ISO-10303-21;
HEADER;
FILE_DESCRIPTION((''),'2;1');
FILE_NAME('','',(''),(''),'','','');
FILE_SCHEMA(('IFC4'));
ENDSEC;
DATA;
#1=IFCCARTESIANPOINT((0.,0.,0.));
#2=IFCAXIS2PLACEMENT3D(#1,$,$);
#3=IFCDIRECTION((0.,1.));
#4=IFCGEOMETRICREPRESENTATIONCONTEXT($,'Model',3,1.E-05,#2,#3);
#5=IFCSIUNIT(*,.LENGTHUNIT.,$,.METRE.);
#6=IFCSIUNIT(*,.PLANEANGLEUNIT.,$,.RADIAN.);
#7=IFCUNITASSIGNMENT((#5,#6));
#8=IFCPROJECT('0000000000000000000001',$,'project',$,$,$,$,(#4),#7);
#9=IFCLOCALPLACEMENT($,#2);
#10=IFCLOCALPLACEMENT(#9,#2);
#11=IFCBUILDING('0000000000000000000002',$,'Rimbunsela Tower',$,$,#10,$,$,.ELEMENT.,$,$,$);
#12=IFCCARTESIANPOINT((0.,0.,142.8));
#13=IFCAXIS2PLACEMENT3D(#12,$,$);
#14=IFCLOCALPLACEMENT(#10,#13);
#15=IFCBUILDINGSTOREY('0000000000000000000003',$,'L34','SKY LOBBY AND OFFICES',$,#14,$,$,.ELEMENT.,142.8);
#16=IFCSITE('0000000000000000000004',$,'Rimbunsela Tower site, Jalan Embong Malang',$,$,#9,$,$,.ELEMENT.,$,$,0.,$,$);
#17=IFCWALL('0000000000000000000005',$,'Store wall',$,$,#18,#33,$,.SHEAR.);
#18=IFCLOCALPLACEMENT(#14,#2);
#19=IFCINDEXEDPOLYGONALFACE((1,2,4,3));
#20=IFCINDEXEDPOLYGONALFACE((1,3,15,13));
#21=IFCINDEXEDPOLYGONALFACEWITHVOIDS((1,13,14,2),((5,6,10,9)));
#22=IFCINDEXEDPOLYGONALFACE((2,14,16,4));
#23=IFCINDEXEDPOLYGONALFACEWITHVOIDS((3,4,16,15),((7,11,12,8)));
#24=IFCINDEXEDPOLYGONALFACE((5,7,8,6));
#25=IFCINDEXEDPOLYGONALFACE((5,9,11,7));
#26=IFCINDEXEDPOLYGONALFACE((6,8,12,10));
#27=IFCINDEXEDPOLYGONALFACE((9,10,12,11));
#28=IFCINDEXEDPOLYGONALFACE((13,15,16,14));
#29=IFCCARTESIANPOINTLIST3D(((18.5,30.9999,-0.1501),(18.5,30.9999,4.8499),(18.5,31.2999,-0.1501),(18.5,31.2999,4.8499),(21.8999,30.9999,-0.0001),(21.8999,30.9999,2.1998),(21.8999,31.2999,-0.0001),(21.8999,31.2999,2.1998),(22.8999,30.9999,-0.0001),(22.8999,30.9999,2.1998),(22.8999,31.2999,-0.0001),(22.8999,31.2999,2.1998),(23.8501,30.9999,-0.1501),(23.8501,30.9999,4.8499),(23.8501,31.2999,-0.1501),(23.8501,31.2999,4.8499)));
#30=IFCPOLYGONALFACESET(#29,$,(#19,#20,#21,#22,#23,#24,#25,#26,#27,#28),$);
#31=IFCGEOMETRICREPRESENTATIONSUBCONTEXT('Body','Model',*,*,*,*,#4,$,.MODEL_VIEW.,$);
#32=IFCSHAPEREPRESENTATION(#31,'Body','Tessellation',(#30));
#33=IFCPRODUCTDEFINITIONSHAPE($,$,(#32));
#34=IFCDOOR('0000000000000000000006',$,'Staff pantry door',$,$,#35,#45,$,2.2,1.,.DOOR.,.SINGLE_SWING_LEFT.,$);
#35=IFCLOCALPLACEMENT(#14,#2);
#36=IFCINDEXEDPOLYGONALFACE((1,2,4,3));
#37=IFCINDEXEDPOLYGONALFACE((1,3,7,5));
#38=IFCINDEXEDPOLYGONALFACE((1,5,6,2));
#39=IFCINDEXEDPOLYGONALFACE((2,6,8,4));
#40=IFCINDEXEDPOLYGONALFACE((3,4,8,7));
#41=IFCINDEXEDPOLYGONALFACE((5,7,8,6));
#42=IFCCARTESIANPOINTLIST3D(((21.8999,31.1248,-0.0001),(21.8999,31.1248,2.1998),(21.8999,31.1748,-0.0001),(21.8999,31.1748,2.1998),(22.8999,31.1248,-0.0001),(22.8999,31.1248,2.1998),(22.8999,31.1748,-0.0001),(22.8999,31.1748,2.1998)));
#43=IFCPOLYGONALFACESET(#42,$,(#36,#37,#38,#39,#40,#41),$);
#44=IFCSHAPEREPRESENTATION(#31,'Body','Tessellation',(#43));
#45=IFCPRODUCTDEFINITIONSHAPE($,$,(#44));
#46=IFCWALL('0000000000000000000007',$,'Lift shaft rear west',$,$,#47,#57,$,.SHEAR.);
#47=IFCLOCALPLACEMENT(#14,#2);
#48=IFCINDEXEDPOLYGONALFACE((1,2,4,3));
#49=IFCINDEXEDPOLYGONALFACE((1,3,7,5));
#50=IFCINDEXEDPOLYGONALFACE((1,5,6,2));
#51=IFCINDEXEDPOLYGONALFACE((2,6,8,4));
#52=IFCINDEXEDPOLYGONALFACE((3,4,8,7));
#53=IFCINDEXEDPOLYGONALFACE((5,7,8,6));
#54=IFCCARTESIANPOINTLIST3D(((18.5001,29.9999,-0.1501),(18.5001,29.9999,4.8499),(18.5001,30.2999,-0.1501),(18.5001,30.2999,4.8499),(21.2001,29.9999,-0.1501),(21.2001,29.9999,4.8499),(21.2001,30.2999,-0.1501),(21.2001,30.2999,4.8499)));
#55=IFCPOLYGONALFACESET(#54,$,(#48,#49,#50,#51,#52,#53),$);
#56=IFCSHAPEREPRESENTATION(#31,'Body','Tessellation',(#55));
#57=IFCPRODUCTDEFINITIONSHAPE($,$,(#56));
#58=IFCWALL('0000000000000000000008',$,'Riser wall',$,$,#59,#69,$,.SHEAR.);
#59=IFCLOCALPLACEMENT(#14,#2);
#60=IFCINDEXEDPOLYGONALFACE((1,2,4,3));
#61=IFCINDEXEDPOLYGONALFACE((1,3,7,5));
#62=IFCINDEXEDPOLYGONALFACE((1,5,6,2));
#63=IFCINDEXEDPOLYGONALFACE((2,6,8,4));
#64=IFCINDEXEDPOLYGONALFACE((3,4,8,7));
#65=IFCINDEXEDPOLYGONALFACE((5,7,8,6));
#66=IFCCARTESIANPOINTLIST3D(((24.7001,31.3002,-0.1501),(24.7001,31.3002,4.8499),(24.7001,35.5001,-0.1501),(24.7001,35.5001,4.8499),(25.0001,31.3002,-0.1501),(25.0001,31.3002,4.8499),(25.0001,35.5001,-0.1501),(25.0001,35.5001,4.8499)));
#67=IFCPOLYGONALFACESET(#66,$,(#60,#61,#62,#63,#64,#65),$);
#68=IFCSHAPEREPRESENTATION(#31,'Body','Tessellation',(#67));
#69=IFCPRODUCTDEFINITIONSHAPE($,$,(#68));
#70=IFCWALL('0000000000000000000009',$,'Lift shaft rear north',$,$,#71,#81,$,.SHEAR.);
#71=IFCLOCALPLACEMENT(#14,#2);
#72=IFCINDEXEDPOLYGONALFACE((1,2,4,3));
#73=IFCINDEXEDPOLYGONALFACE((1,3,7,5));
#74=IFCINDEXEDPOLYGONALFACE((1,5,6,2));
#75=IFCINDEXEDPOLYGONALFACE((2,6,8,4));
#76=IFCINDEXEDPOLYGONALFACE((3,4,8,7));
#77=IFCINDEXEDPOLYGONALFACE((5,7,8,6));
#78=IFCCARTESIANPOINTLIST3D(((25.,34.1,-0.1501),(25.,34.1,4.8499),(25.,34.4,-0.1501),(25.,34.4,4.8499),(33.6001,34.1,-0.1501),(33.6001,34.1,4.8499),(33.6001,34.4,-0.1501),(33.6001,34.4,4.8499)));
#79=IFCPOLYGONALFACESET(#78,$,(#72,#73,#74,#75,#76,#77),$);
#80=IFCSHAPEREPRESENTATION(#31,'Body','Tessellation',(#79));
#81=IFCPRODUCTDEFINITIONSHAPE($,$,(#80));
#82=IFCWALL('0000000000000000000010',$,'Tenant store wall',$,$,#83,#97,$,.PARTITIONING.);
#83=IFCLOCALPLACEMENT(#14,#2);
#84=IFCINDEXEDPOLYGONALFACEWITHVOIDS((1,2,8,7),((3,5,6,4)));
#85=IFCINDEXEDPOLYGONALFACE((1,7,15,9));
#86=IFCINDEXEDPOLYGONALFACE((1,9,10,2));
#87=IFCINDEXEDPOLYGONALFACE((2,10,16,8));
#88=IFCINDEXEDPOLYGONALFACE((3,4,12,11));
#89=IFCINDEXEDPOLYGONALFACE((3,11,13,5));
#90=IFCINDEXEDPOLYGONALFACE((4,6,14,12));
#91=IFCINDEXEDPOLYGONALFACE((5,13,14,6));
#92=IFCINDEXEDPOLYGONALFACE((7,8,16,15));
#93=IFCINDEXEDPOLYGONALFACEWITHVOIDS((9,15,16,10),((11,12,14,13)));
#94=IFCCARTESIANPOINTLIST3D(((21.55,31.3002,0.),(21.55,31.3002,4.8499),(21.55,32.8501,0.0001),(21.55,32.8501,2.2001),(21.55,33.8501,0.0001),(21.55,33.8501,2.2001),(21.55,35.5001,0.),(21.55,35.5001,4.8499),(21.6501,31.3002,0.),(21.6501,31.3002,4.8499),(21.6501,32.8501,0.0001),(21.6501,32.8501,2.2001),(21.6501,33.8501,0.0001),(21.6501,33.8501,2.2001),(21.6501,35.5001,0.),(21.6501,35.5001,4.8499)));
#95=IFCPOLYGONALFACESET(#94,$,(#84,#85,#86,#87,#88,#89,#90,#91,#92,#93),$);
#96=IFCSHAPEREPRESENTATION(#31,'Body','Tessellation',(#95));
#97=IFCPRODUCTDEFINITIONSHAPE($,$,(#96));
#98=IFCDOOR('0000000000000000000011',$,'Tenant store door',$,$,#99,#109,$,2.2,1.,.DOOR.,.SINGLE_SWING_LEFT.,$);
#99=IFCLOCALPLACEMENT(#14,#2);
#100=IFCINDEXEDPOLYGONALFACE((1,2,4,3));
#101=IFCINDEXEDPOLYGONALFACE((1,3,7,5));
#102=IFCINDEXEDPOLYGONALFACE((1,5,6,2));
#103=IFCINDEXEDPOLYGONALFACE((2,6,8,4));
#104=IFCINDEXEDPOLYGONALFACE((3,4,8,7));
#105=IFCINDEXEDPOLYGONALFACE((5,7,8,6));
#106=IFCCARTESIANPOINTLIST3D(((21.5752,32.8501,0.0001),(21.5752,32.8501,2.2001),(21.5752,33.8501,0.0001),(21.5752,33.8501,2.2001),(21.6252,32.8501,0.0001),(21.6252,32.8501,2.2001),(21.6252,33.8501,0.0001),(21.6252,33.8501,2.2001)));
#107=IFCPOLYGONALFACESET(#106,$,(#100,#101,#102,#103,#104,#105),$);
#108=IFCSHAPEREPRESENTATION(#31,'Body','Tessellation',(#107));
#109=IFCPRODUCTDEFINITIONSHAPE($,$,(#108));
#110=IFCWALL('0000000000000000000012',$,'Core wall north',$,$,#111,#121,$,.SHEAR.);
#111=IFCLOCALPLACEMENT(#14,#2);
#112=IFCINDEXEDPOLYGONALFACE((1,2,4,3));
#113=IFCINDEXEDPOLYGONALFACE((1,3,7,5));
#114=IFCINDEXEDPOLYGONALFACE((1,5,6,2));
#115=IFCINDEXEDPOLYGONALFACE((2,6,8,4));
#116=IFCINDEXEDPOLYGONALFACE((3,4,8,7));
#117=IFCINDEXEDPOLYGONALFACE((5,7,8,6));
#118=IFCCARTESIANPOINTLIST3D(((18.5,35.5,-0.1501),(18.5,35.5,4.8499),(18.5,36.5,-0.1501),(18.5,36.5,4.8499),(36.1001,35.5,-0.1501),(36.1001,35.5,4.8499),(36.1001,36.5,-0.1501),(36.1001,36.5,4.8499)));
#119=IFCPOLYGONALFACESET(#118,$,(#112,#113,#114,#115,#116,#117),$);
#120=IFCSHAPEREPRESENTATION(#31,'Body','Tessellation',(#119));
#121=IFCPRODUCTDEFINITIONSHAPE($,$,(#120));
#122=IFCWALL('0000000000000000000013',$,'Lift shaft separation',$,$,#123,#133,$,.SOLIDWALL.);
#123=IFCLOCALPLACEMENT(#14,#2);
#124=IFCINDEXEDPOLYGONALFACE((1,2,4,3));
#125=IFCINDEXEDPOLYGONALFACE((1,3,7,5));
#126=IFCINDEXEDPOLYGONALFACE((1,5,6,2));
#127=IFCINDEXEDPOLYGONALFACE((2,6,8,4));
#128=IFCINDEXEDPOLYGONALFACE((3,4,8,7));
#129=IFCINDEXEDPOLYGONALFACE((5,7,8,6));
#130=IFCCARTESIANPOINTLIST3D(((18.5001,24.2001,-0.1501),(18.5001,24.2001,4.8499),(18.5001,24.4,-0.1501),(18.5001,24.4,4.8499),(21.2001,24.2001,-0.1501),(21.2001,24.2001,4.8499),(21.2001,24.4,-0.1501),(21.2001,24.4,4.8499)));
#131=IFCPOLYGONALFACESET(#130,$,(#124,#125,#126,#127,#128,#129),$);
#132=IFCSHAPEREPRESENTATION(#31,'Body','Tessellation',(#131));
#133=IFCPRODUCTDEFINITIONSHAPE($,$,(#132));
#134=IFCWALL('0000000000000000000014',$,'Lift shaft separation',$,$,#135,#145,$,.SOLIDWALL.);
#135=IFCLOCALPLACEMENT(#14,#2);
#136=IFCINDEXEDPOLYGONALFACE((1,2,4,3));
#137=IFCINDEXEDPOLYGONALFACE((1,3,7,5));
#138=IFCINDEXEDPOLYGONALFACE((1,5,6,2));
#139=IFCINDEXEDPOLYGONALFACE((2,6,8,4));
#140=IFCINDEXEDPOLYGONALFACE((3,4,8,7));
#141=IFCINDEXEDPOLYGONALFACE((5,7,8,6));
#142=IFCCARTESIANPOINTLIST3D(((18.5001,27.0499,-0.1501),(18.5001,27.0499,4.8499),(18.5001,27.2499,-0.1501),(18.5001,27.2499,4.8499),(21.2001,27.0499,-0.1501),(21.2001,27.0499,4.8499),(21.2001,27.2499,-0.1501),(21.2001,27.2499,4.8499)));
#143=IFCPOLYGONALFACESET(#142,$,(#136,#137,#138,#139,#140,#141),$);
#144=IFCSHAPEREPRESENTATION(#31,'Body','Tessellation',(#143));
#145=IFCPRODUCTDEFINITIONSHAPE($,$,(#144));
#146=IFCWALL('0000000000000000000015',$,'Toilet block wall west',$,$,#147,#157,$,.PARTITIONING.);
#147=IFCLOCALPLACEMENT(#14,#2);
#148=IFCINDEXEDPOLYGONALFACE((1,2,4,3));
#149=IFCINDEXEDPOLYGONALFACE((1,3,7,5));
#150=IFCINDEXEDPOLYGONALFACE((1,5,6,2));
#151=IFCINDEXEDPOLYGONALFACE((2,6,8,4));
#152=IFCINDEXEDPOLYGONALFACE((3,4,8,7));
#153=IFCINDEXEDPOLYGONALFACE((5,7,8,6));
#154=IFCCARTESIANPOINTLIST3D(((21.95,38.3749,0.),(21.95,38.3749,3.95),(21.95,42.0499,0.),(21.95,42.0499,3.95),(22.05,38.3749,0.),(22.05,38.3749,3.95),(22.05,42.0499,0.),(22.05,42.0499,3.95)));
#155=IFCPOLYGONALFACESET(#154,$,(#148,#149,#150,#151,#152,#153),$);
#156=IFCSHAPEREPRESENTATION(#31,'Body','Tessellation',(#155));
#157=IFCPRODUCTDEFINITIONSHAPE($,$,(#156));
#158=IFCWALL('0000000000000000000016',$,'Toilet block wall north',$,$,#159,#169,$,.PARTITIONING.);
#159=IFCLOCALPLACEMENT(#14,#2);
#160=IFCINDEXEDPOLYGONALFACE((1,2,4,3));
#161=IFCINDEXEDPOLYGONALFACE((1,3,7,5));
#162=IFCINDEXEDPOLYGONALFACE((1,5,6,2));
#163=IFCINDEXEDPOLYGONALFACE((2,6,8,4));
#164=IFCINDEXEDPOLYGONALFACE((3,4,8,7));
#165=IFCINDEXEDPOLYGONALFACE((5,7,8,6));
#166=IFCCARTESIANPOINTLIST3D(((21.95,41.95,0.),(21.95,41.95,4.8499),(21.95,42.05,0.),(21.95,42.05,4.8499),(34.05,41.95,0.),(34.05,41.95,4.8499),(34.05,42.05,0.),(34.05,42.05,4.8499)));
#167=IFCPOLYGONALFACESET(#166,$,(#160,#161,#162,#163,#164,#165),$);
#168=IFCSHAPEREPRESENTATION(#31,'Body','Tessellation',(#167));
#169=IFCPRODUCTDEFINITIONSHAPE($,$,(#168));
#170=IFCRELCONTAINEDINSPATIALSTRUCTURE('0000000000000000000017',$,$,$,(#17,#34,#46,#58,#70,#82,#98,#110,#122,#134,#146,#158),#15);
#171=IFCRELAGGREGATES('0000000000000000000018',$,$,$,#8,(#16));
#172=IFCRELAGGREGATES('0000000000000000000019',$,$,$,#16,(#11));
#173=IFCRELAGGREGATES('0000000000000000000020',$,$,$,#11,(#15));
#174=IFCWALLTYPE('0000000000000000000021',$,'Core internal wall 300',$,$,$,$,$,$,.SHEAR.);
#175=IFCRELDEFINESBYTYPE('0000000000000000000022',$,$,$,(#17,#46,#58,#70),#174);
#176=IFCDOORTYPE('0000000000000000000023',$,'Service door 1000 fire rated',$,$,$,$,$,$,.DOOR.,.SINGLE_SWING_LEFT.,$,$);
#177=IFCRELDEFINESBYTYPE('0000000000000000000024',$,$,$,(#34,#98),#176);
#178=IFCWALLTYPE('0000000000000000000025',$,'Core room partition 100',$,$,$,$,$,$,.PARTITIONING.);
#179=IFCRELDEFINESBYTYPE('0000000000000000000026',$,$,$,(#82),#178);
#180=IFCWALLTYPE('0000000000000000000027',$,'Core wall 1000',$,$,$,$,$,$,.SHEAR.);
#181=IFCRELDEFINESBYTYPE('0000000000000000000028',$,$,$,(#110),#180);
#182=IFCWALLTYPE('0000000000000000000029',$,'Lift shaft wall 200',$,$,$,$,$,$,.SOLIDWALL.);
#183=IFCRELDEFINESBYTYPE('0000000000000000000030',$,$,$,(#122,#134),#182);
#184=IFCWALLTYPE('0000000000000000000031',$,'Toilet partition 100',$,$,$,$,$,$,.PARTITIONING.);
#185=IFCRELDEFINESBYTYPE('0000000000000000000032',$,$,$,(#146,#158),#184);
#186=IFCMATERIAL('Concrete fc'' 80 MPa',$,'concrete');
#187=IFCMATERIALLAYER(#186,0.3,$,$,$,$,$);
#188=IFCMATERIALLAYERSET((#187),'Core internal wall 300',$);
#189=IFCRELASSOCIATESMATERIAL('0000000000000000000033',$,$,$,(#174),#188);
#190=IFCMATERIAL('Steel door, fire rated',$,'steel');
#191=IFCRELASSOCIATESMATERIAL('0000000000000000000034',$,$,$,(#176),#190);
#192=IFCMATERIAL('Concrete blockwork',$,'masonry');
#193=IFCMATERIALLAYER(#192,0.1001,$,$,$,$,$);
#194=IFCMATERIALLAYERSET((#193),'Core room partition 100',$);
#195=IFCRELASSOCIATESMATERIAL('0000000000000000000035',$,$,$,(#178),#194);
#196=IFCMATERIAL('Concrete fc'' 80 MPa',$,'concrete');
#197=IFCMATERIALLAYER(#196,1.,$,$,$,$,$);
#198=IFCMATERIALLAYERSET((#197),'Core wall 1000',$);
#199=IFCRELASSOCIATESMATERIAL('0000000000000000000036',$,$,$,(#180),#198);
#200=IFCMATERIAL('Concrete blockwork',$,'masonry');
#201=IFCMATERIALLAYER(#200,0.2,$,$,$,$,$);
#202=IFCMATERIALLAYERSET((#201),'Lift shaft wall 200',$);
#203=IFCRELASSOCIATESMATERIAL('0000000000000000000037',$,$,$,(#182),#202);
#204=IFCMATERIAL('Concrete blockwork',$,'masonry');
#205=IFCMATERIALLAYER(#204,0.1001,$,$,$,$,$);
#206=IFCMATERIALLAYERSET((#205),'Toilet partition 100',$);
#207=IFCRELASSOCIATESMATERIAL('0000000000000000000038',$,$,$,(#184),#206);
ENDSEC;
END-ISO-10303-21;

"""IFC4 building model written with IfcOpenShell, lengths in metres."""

from ifc_helpers import new_model, si_unit, direction, frame, frame_2d, origin, place, context, subcontext, project, spatial, rectangle, extrude, material, layer, layer_set, type_object, element, fill, save


model = new_model("IFC4")

# Units and contexts
model_context = context("Model", 3, precision=1e-05, world=origin(), true_north=direction((0.0, 1.0)))
body_context = subcontext(model_context, "Body", "Model", "MODEL_VIEW")
ifc_project = project(units=[si_unit("LENGTHUNIT", "METRE"), si_unit("PLANEANGLEUNIT", "RADIAN")], contexts=[model_context])

# Site, building, storey
site_placement = place(None, origin())
site = spatial("IfcSite", under=ifc_project, at=site_placement, Name="Rimbunsela Tower site, Jalan Embong Malang", CompositionType="ELEMENT", RefElevation=0.0)
building_placement = place(site_placement, origin())
building = spatial("IfcBuilding", under=site, at=building_placement, Name="Rimbunsela Tower", CompositionType="ELEMENT")
storey_placement = place(building_placement, frame((0.0, 0.0, 142.8)))
storey = spatial("IfcBuildingStorey", under=building, at=storey_placement, Name="L34", Description="SKY LOBBY AND OFFICES", CompositionType="ELEMENT", Elevation=142.8)

# Shared definitions
ifc_material_1 = material(Name="Concrete fc' 80 MPa", Category="concrete")
ifc_layer_1 = layer(ifc_material_1, 0.3)
ifc_layer_set_1 = layer_set([ifc_layer_1], Name="Core internal wall 300")
wall_type_1 = type_object("IfcWallType", Name="Core internal wall 300", PredefinedType="SHEAR", material=ifc_layer_set_1)

# Wall, opening, door
wall_1_placement = place(storey_placement, frame((18.5, 31.1499, -0.1501), z_axis=(0.0, 0.0, 1.0), x_axis=(1.0, 0.0, 0.0)))
wall_1 = element("IfcWall", 1, at=wall_1_placement, inside=storey, type_object=wall_type_1, Name="Store wall", PredefinedType="SHEAR", context=body_context, shape_type="SweptSolid", body=[
    extrude(rectangle(XDim=5.3501, YDim=0.3, at=frame_2d((2.675, 0.0))), origin(), (0.0, 0.0, 1.0), 5.0),
])
opening_1_placement = place(wall_1_placement, frame((3.3999, 0.0, 0.1499)))
opening_1 = element("IfcOpeningElement", 2, at=opening_1_placement, cuts=wall_1, PredefinedType="OPENING", context=body_context, shape_type="SweptSolid", body=[
    extrude(rectangle(XDim=1.0, YDim=2.2, at=frame_2d((0.5, 1.1001))), frame((0.0, 0.1599, 0.0), z_axis=(0.0, -1.0, 0.0), x_axis=(1.0, 0.0, 0.0)), (0.0, 0.0, 1.0), 0.3201),
])
ifc_material_2 = material(Name="Steel door, fire rated", Category="steel")
door_type_1 = type_object("IfcDoorType", Name="Service door 1000 fire rated", OperationType="SINGLE_SWING_LEFT", PredefinedType="DOOR", material=ifc_material_2)
door_1_placement = place(opening_1_placement, origin())
door_1 = element("IfcDoor", 3, at=door_1_placement, inside=storey, type_object=door_type_1, Name="Staff pantry door", OperationType="SINGLE_SWING_LEFT", OverallHeight=2.2, OverallWidth=1.0, PredefinedType="DOOR", context=body_context, shape_type="SweptSolid", body=[
    extrude(rectangle(XDim=1.0, YDim=2.2, at=frame_2d((0.5, 1.1001))), frame((0.0, 0.0249, 0.0), z_axis=(0.0, -1.0, 0.0), x_axis=(1.0, 0.0, 0.0)), (0.0, 0.0, 1.0), 0.05),
])
fill(opening_1, door_1)

# Walls
wall_2_placement = place(storey_placement, frame((18.5, 30.1499, -0.1501), z_axis=(0.0, 0.0, 1.0), x_axis=(1.0, 0.0, 0.0)))
element("IfcWall", 4, at=wall_2_placement, inside=storey, type_object=wall_type_1, Name="Lift shaft rear west", PredefinedType="SHEAR", context=body_context, shape_type="SweptSolid", body=[
    extrude(rectangle(XDim=2.7, YDim=0.3, at=frame_2d((1.3501, 0.0))), origin(), (0.0, 0.0, 1.0), 5.0),
])
wall_3_placement = place(storey_placement, frame((24.8501, 31.3, -0.1501), z_axis=(0.0, 0.0, 1.0), x_axis=(0.0, 1.0, 0.0)))
element("IfcWall", 5, at=wall_3_placement, inside=storey, type_object=wall_type_1, Name="Riser wall", PredefinedType="SHEAR", context=body_context, shape_type="SweptSolid", body=[
    extrude(rectangle(XDim=4.2, YDim=0.3, at=frame_2d((2.1001, 0.0))), origin(), (0.0, 0.0, 1.0), 5.0),
])
wall_4_placement = place(storey_placement, frame((25.0, 34.25, -0.1501), z_axis=(0.0, 0.0, 1.0), x_axis=(1.0, 0.0, 0.0)))
element("IfcWall", 6, at=wall_4_placement, inside=storey, type_object=wall_type_1, Name="Lift shaft rear north", PredefinedType="SHEAR", context=body_context, shape_type="SweptSolid", body=[
    extrude(rectangle(XDim=8.6001, YDim=0.3, at=frame_2d((4.3, 0.0))), origin(), (0.0, 0.0, 1.0), 5.0),
])

# Wall, opening, door
ifc_material_3 = material(Name="Concrete blockwork", Category="masonry")
ifc_layer_2 = layer(ifc_material_3, 0.1001)
ifc_layer_set_2 = layer_set([ifc_layer_2], Name="Core room partition 100")
wall_type_2 = type_object("IfcWallType", Name="Core room partition 100", PredefinedType="PARTITIONING", material=ifc_layer_set_2)
wall_5_placement = place(storey_placement, frame((21.6001, 31.3, 0.0), z_axis=(0.0, 0.0, 1.0), x_axis=(0.0, 1.0, 0.0)))
wall_5 = element("IfcWall", 7, at=wall_5_placement, inside=storey, type_object=wall_type_2, Name="Tenant store wall", PredefinedType="PARTITIONING", context=body_context, shape_type="SweptSolid", body=[
    extrude(rectangle(XDim=4.2, YDim=0.1001, at=frame_2d((2.1001, 0.0))), origin(), (0.0, 0.0, 1.0), 4.8499),
])
opening_2_placement = place(wall_5_placement, frame((1.55, 0.0, 0.0)))
opening_2 = element("IfcOpeningElement", 8, at=opening_2_placement, cuts=wall_5, PredefinedType="OPENING", context=body_context, shape_type="SweptSolid", body=[
    extrude(rectangle(XDim=1.0, YDim=2.2, at=frame_2d((0.5, 1.1001))), frame((0.0, 0.0601, 0.0), z_axis=(0.0, -1.0, 0.0), x_axis=(1.0, 0.0, 0.0)), (0.0, 0.0, 1.0), 0.1201),
])
door_2_placement = place(opening_2_placement, origin())
door_2 = element("IfcDoor", 9, at=door_2_placement, inside=storey, type_object=door_type_1, Name="Tenant store door", OperationType="SINGLE_SWING_LEFT", OverallHeight=2.2, OverallWidth=1.0, PredefinedType="DOOR", context=body_context, shape_type="SweptSolid", body=[
    extrude(rectangle(XDim=1.0, YDim=2.2, at=frame_2d((0.5, 1.1001))), frame((0.0, 0.0249, 0.0), z_axis=(0.0, -1.0, 0.0), x_axis=(1.0, 0.0, 0.0)), (0.0, 0.0, 1.0), 0.05),
])
fill(opening_2, door_2)

# Walls
ifc_material_4 = material(Name="Concrete fc' 80 MPa", Category="concrete")
ifc_layer_3 = layer(ifc_material_4, 1.0)
ifc_layer_set_3 = layer_set([ifc_layer_3], Name="Core wall 1000")
wall_type_3 = type_object("IfcWallType", Name="Core wall 1000", PredefinedType="SHEAR", material=ifc_layer_set_3)
wall_6_placement = place(storey_placement, frame((18.5, 36.0, -0.1501), z_axis=(0.0, 0.0, 1.0), x_axis=(1.0, 0.0, 0.0)))
element("IfcWall", 10, at=wall_6_placement, inside=storey, type_object=wall_type_3, Name="Core wall north", PredefinedType="SHEAR", context=body_context, shape_type="SweptSolid", body=[
    extrude(rectangle(XDim=17.6001, YDim=1.0, at=frame_2d((8.8, 0.0))), origin(), (0.0, 0.0, 1.0), 5.0),
])
ifc_material_5 = material(Name="Concrete blockwork", Category="masonry")
ifc_layer_4 = layer(ifc_material_5, 0.2)
ifc_layer_set_4 = layer_set([ifc_layer_4], Name="Lift shaft wall 200")
wall_type_4 = type_object("IfcWallType", Name="Lift shaft wall 200", PredefinedType="SOLIDWALL", material=ifc_layer_set_4)
for number, where, z_axis, x_axis, name in (
    (11, (18.5, 24.3, -0.1501), (0.0, 0.0, 1.0), (1.0, 0.0, 0.0), "Lift shaft separation"),
    (12, (18.5, 27.1499, -0.1501), (0.0, 0.0, 1.0), (1.0, 0.0, 0.0), "Lift shaft separation"),
):
    element("IfcWall", number, at=place(storey_placement, frame(where, z_axis=z_axis, x_axis=x_axis)), inside=storey, type_object=wall_type_4, Name=name, PredefinedType="SOLIDWALL", context=body_context, shape_type="SweptSolid", body=[
        extrude(rectangle(XDim=2.7, YDim=0.2, at=frame_2d((1.3501, 0.0))), origin(), (0.0, 0.0, 1.0), 5.0),
    ])
ifc_material_6 = material(Name="Concrete blockwork", Category="masonry")
ifc_layer_5 = layer(ifc_material_6, 0.1001)
ifc_layer_set_5 = layer_set([ifc_layer_5], Name="Toilet partition 100")
wall_type_5 = type_object("IfcWallType", Name="Toilet partition 100", PredefinedType="PARTITIONING", material=ifc_layer_set_5)
wall_7_placement = place(storey_placement, frame((22.0, 38.375, 0.0), z_axis=(0.0, 0.0, 1.0), x_axis=(0.0, 1.0, 0.0)))
element("IfcWall", 13, at=wall_7_placement, inside=storey, type_object=wall_type_5, Name="Toilet block wall west", PredefinedType="PARTITIONING", context=body_context, shape_type="SweptSolid", body=[
    extrude(rectangle(XDim=3.675, YDim=0.1001, at=frame_2d((1.8374, 0.0))), origin(), (0.0, 0.0, 1.0), 3.95),
])
wall_8_placement = place(storey_placement, frame((21.95, 42.0, 0.0), z_axis=(0.0, 0.0, 1.0), x_axis=(1.0, 0.0, 0.0)))
element("IfcWall", 14, at=wall_8_placement, inside=storey, type_object=wall_type_5, Name="Toilet block wall north", PredefinedType="PARTITIONING", context=body_context, shape_type="SweptSolid", body=[
    extrude(rectangle(XDim=12.1001, YDim=0.1001, at=frame_2d((6.05, 0.0))), origin(), (0.0, 0.0, 1.0), 4.8499),
])

save(model, "model.ifc")
